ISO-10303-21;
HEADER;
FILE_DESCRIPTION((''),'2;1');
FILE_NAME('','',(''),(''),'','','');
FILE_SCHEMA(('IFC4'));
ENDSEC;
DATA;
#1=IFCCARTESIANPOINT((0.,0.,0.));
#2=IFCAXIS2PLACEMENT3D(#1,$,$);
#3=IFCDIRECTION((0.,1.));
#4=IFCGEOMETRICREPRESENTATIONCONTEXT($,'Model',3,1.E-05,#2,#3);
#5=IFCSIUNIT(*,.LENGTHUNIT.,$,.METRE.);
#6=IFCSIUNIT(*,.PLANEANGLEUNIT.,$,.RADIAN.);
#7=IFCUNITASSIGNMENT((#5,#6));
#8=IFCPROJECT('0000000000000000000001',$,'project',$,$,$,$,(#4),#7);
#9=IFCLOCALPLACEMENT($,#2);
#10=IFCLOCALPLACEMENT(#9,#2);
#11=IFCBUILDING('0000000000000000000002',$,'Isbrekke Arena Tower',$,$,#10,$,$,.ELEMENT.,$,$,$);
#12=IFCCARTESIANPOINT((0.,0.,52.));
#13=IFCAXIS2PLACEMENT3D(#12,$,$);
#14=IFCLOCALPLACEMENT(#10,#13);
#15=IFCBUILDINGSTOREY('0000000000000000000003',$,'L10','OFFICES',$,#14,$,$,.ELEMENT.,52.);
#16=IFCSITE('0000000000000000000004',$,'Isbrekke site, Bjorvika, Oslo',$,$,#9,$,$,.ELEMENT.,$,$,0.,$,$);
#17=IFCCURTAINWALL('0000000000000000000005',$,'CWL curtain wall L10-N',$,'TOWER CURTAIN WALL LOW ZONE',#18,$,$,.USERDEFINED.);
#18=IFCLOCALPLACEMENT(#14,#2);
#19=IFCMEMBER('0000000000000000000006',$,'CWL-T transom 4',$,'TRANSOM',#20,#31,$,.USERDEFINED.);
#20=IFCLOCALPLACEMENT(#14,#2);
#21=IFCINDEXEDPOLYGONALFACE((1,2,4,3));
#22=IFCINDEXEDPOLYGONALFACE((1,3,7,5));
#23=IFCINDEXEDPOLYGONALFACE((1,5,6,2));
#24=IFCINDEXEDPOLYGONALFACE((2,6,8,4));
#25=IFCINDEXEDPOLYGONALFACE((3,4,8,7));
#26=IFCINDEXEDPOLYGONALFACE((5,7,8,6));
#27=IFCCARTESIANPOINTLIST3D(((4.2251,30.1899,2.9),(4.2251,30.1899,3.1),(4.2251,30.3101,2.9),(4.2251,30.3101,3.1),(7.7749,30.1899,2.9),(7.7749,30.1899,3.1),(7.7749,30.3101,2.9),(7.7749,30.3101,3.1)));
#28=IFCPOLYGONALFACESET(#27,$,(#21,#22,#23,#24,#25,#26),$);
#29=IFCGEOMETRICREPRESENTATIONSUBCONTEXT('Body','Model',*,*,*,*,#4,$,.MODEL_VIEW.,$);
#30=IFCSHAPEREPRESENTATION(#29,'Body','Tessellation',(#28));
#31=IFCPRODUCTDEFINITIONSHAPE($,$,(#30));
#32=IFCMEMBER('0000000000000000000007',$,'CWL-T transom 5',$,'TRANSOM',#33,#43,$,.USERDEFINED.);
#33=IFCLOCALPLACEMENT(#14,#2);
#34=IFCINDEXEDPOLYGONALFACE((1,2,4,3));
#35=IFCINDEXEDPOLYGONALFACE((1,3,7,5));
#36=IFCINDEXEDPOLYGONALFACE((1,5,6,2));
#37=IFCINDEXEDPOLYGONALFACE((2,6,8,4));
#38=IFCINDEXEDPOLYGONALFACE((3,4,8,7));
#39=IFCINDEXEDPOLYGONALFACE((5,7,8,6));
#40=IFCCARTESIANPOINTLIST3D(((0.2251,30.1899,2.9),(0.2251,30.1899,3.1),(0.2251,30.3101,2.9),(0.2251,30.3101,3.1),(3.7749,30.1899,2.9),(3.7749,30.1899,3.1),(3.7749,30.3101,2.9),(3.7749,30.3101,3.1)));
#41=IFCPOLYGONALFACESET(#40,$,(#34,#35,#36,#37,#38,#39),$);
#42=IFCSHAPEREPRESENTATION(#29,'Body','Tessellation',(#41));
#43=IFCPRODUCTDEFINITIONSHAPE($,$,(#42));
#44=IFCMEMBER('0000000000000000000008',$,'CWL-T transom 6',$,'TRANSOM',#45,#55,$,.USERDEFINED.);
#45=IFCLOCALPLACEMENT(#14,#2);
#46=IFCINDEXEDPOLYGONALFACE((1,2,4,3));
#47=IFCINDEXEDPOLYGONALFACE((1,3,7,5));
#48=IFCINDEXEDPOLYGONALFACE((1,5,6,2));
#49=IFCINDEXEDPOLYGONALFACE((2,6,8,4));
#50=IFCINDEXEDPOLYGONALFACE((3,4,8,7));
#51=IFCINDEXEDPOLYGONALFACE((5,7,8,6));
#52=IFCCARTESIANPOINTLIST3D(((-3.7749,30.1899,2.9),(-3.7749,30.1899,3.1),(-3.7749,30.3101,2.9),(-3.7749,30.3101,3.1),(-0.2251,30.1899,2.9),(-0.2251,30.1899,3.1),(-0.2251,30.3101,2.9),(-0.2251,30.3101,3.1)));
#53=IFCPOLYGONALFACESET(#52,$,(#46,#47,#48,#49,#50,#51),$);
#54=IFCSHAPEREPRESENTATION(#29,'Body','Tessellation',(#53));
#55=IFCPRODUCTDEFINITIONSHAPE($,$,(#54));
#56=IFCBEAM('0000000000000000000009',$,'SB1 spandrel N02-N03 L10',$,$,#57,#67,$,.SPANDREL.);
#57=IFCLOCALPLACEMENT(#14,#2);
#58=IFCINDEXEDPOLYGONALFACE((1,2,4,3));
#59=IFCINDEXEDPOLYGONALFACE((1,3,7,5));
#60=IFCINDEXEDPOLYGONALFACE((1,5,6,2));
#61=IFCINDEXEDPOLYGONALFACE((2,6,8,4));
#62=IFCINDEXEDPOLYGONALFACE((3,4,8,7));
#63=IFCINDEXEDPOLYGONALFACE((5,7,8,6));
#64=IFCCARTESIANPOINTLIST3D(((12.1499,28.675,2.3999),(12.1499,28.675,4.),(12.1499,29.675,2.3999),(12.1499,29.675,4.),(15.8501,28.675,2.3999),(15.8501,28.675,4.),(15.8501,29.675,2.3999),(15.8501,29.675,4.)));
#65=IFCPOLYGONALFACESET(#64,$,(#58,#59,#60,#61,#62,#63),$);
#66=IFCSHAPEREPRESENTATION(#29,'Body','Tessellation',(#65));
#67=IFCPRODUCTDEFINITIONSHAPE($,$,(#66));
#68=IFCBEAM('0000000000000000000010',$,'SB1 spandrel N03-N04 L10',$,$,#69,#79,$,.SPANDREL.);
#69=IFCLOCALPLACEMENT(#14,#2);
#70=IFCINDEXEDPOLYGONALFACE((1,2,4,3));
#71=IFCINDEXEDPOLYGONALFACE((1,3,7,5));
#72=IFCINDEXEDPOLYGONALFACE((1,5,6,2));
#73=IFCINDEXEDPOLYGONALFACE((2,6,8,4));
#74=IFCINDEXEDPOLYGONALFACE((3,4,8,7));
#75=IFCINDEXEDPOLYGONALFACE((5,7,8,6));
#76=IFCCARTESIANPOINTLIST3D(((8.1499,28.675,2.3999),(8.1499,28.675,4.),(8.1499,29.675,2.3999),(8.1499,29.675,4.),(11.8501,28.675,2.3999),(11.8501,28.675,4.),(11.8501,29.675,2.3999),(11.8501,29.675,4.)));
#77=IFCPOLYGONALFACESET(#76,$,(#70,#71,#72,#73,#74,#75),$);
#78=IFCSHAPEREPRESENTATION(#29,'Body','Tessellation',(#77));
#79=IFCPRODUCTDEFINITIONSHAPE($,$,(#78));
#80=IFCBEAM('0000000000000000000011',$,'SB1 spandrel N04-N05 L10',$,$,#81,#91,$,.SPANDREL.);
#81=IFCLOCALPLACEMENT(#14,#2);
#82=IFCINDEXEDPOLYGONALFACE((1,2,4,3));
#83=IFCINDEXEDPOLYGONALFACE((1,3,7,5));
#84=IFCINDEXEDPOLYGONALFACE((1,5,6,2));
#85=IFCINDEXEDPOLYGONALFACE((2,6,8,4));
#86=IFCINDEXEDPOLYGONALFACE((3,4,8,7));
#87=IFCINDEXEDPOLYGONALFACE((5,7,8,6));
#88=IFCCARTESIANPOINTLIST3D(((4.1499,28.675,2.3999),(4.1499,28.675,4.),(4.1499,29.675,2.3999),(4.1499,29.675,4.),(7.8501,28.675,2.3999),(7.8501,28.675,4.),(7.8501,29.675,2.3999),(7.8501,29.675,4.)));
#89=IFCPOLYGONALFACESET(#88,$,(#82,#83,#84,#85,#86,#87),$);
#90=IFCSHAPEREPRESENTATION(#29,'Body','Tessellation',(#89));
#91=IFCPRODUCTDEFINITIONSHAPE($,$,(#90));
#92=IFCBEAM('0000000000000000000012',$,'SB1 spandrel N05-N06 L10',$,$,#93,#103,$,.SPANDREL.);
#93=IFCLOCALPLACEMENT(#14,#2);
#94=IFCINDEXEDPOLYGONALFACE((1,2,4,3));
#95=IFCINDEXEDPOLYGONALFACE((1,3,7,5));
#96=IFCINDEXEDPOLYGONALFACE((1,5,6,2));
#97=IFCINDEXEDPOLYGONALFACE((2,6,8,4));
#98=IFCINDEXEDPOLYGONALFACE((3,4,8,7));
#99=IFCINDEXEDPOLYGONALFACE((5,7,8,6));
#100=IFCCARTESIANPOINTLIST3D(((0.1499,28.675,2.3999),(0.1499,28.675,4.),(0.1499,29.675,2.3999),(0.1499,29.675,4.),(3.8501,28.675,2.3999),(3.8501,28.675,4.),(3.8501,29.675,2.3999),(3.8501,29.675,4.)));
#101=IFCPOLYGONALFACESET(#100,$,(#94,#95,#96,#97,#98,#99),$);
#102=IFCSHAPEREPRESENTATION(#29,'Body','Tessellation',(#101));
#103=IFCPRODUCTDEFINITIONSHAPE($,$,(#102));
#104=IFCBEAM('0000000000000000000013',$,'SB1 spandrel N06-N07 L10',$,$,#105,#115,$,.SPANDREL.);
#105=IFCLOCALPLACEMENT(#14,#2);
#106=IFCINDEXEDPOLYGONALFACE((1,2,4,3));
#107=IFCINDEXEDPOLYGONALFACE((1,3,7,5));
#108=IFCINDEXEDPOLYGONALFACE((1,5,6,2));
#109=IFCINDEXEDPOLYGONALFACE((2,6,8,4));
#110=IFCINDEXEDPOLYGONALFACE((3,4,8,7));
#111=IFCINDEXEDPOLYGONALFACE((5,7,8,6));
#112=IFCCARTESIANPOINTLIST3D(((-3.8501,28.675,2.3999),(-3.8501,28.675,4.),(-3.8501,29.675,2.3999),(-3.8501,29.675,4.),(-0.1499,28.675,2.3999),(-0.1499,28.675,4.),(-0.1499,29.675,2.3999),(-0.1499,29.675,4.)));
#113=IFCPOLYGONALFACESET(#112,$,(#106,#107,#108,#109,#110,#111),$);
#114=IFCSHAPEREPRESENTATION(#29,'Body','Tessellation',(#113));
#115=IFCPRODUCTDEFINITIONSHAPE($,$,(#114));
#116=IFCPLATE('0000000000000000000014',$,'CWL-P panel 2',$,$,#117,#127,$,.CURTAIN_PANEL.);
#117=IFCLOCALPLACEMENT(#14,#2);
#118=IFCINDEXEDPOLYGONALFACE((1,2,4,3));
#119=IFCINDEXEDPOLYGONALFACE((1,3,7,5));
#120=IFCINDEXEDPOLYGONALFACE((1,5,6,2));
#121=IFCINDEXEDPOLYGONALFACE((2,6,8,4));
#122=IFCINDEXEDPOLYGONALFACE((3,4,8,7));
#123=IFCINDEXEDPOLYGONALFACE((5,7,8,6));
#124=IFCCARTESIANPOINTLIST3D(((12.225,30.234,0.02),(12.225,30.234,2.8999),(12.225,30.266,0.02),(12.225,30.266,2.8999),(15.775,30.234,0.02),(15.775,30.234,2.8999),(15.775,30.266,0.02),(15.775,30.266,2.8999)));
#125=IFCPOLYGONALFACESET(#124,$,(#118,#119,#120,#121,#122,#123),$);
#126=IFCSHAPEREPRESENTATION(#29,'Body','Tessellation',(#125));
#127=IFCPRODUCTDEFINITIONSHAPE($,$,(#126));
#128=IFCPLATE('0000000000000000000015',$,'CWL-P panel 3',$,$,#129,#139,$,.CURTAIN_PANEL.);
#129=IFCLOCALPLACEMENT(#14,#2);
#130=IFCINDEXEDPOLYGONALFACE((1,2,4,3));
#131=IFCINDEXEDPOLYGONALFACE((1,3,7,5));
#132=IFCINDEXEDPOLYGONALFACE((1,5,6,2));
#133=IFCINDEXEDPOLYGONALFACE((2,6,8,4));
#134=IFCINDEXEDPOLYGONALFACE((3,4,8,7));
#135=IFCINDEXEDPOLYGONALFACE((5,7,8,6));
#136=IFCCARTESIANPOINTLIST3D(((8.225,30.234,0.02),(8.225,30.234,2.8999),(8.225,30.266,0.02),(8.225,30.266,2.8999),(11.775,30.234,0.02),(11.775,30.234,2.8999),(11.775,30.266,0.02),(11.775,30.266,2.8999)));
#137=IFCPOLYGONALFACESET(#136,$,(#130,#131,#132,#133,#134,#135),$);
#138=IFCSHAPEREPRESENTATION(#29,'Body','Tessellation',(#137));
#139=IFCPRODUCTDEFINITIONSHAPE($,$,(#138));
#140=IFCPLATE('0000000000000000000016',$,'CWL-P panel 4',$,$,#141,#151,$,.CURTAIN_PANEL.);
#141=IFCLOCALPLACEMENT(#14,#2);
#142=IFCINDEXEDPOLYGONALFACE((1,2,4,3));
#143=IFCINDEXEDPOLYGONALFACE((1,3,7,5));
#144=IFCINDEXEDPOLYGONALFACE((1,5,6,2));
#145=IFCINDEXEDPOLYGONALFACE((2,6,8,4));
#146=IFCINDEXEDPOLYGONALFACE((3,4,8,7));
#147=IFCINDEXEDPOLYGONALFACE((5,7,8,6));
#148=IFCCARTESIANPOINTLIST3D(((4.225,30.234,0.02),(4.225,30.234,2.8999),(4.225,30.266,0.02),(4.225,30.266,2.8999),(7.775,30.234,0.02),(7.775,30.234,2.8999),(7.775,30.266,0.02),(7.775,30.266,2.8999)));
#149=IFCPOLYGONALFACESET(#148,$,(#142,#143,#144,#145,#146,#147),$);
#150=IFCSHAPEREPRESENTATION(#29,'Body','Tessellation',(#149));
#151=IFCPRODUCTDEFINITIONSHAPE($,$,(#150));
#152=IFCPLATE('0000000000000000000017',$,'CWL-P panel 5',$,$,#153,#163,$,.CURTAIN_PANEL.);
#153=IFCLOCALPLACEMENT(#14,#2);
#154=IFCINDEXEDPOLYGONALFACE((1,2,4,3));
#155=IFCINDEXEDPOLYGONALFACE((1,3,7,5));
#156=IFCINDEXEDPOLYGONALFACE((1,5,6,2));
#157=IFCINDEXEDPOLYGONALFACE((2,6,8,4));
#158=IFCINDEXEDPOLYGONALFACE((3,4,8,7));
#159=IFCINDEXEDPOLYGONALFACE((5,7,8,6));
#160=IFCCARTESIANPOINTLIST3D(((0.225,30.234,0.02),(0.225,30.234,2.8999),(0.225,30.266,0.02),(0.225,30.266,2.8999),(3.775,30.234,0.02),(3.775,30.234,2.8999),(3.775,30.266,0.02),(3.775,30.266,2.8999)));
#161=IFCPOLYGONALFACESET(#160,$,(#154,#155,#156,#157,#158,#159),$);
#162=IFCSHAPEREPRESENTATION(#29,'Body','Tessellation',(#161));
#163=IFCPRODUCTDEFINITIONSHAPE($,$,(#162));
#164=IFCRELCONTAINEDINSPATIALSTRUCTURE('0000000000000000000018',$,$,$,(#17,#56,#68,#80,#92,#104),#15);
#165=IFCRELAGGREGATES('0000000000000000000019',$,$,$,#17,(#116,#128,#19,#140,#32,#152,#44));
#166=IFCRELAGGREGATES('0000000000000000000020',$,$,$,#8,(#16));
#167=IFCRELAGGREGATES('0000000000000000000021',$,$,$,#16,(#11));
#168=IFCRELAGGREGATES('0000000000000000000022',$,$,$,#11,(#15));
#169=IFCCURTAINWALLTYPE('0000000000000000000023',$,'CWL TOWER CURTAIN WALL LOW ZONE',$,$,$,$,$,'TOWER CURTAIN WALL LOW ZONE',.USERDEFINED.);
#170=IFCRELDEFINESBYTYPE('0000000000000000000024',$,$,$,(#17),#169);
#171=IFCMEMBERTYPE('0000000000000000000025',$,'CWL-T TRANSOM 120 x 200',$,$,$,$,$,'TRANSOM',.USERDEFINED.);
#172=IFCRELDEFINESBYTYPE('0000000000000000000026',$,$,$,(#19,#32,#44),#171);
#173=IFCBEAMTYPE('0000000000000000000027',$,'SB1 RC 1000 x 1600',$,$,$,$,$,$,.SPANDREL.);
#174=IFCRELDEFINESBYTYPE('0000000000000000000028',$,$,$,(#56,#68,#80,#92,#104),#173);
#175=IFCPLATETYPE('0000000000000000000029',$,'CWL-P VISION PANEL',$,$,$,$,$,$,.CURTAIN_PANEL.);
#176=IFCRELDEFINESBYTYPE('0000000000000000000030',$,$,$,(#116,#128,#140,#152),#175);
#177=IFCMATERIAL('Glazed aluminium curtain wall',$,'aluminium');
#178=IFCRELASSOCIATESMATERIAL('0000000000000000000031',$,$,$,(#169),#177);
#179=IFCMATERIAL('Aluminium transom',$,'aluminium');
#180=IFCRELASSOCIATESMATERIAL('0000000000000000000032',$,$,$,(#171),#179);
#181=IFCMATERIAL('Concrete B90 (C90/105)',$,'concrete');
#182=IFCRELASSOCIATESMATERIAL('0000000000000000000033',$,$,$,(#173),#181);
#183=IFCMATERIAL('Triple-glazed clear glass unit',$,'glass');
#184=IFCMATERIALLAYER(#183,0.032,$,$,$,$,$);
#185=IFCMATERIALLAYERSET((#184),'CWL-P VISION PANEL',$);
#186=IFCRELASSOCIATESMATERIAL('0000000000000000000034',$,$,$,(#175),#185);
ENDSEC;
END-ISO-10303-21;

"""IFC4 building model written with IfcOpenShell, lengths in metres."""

from ifc_helpers import new_model, si_unit, direction, frame, origin, origin_2d, place, context, subcontext, project, spatial, rectangle, extrude, material, layer, layer_set, material_profile, profile_set, type_object, element, aggregate, save


model = new_model("IFC4")

# Units and contexts
model_context = context("Model", 3, precision=1e-05, world=origin(), true_north=direction((0.0, 1.0)))
body_context = subcontext(model_context, "Body", "Model", "MODEL_VIEW")
ifc_project = project(units=[si_unit("LENGTHUNIT", "METRE"), si_unit("PLANEANGLEUNIT", "RADIAN")], contexts=[model_context])

# Site, building, storey
site_placement = place(None, origin())
site = spatial("IfcSite", under=ifc_project, at=site_placement, Name="Isbrekke site, Bjorvika, Oslo", CompositionType="ELEMENT", RefElevation=0.0)
building_placement = place(site_placement, origin())
building = spatial("IfcBuilding", under=site, at=building_placement, Name="Isbrekke Arena Tower", CompositionType="ELEMENT")
storey_placement = place(building_placement, frame((0.0, 0.0, 52.0)))
storey = spatial("IfcBuildingStorey", under=building, at=storey_placement, Name="L10", Description="OFFICES", CompositionType="ELEMENT", Elevation=52.0)

# Curtain wall, members
ifc_material_1 = material(Name="Glazed aluminium curtain wall", Category="aluminium")
curtain_wall_type = type_object("IfcCurtainWallType", Name="CWL TOWER CURTAIN WALL LOW ZONE", ElementType="TOWER CURTAIN WALL LOW ZONE", PredefinedType="USERDEFINED", material=ifc_material_1)
curtain_wall_placement = place(storey_placement, origin())
curtain_wall = element("IfcCurtainWall", 1, at=curtain_wall_placement, inside=storey, type_object=curtain_wall_type, Name="CWL curtain wall L10-N", ObjectType="TOWER CURTAIN WALL LOW ZONE", PredefinedType="USERDEFINED")
ifc_material_2 = material(Name="Aluminium transom", Category="aluminium")
ifc_material_profile_1 = material_profile(ifc_material_2, rectangle(XDim=0.1201, YDim=0.2, at=origin_2d()), Name="TRANSOM 120X200")
ifc_profile_set_1 = profile_set([ifc_material_profile_1], Name="Aluminium transom")
member_type_1 = type_object("IfcMemberType", Name="CWL-T TRANSOM 120 x 200", ElementType="TRANSOM", PredefinedType="USERDEFINED", material=ifc_profile_set_1)
member_1_placement = place(storey_placement, frame((7.7749, 30.25, 3.0), z_axis=(-1.0, 0.0, 0.0), x_axis=(0.0, -1.0, 0.0)))
member_1 = element("IfcMember", 2, at=member_1_placement, type_object=member_type_1, Name="CWL-T transom 4", ObjectType="TRANSOM", PredefinedType="USERDEFINED", context=body_context, shape_type="SweptSolid", body=[
    extrude(rectangle(XDim=0.1201, YDim=0.2, at=origin_2d()), origin(), (0.0, 0.0, 1.0), 3.5498),
])
member_2_placement = place(storey_placement, frame((3.7749, 30.25, 3.0), z_axis=(-1.0, 0.0, 0.0), x_axis=(0.0, -1.0, 0.0)))
member_2 = element("IfcMember", 3, at=member_2_placement, type_object=member_type_1, Name="CWL-T transom 5", ObjectType="TRANSOM", PredefinedType="USERDEFINED", context=body_context, shape_type="SweptSolid", body=[
    extrude(rectangle(XDim=0.1201, YDim=0.2, at=origin_2d()), origin(), (0.0, 0.0, 1.0), 3.5498),
])
member_3_placement = place(storey_placement, frame((-0.2251, 30.25, 3.0), z_axis=(-1.0, 0.0, 0.0), x_axis=(0.0, -1.0, 0.0)))
member_3 = element("IfcMember", 4, at=member_3_placement, type_object=member_type_1, Name="CWL-T transom 6", ObjectType="TRANSOM", PredefinedType="USERDEFINED", context=body_context, shape_type="SweptSolid", body=[
    extrude(rectangle(XDim=0.1201, YDim=0.2, at=origin_2d()), origin(), (0.0, 0.0, 1.0), 3.5498),
])

# Beams
ifc_material_3 = material(Name="Concrete B90 (C90/105)", Category="concrete")
ifc_material_profile_2 = material_profile(ifc_material_3, rectangle(XDim=1.0, YDim=1.6001, at=origin_2d()), Name="RC 1000x1600")
ifc_profile_set_2 = profile_set([ifc_material_profile_2], Name="Concrete B90 (C90/105)")
beam_type_1 = type_object("IfcBeamType", Name="SB1 RC 1000 x 1600", PredefinedType="SPANDREL", material=ifc_profile_set_2)
for number, where, z_axis, x_axis, name in (
    (5, (15.8501, 29.175, 3.2), (-1.0, 0.0, 0.0), (0.0, -1.0, 0.0), "SB1 spandrel N02-N03 L10"),
    (6, (11.8501, 29.175, 3.2), (-1.0, 0.0, 0.0), (0.0, -1.0, 0.0), "SB1 spandrel N03-N04 L10"),
    (7, (7.8501, 29.175, 3.2), (-1.0, 0.0, 0.0), (0.0, -1.0, 0.0), "SB1 spandrel N04-N05 L10"),
    (8, (3.8501, 29.175, 3.2), (-1.0, 0.0, 0.0), (0.0, -1.0, 0.0), "SB1 spandrel N05-N06 L10"),
    (9, (-0.1499, 29.175, 3.2), (-1.0, 0.0, 0.0), (0.0, -1.0, 0.0), "SB1 spandrel N06-N07 L10"),
):
    element("IfcBeam", number, at=place(storey_placement, frame(where, z_axis=z_axis, x_axis=x_axis)), inside=storey, type_object=beam_type_1, Name=name, PredefinedType="SPANDREL", context=body_context, shape_type="SweptSolid", body=[
        extrude(rectangle(XDim=1.0, YDim=1.6001, at=origin_2d()), origin(), (0.0, 0.0, 1.0), 3.7002),
    ])

# Plates
ifc_material_4 = material(Name="Triple-glazed clear glass unit", Category="glass")
ifc_layer = layer(ifc_material_4, 0.032)
ifc_layer_set = layer_set([ifc_layer], Name="CWL-P VISION PANEL")
plate_type = type_object("IfcPlateType", Name="CWL-P VISION PANEL", PredefinedType="CURTAIN_PANEL", material=ifc_layer_set)
plate_1_placement = place(storey_placement, frame((14.0, 30.25, 0.02), z_axis=(0.0, 0.0, 1.0), x_axis=(-1.0, 0.0, 0.0)))
plate_1 = element("IfcPlate", 10, at=plate_1_placement, type_object=plate_type, Name="CWL-P panel 2", PredefinedType="CURTAIN_PANEL", context=body_context, shape_type="SweptSolid", body=[
    extrude(rectangle(XDim=3.55, YDim=0.032, at=origin_2d()), origin(), (0.0, 0.0, 1.0), 2.8799),
])
plate_2_placement = place(storey_placement, frame((10.0, 30.25, 0.02), z_axis=(0.0, 0.0, 1.0), x_axis=(-1.0, 0.0, 0.0)))
plate_2 = element("IfcPlate", 11, at=plate_2_placement, type_object=plate_type, Name="CWL-P panel 3", PredefinedType="CURTAIN_PANEL", context=body_context, shape_type="SweptSolid", body=[
    extrude(rectangle(XDim=3.55, YDim=0.032, at=origin_2d()), origin(), (0.0, 0.0, 1.0), 2.8799),
])
plate_3_placement = place(storey_placement, frame((6.0, 30.25, 0.02), z_axis=(0.0, 0.0, 1.0), x_axis=(-1.0, 0.0, 0.0)))
plate_3 = element("IfcPlate", 12, at=plate_3_placement, type_object=plate_type, Name="CWL-P panel 4", PredefinedType="CURTAIN_PANEL", context=body_context, shape_type="SweptSolid", body=[
    extrude(rectangle(XDim=3.55, YDim=0.032, at=origin_2d()), origin(), (0.0, 0.0, 1.0), 2.8799),
])
plate_4_placement = place(storey_placement, frame((2.0, 30.25, 0.02), z_axis=(0.0, 0.0, 1.0), x_axis=(-1.0, 0.0, 0.0)))
plate_4 = element("IfcPlate", 13, at=plate_4_placement, type_object=plate_type, Name="CWL-P panel 5", PredefinedType="CURTAIN_PANEL", context=body_context, shape_type="SweptSolid", body=[
    extrude(rectangle(XDim=3.55, YDim=0.032, at=origin_2d()), origin(), (0.0, 0.0, 1.0), 2.8799),
])
aggregate(curtain_wall, [plate_1, plate_2, member_1, plate_3, member_2, plate_4, member_3])

save(model, "model.ifc")
